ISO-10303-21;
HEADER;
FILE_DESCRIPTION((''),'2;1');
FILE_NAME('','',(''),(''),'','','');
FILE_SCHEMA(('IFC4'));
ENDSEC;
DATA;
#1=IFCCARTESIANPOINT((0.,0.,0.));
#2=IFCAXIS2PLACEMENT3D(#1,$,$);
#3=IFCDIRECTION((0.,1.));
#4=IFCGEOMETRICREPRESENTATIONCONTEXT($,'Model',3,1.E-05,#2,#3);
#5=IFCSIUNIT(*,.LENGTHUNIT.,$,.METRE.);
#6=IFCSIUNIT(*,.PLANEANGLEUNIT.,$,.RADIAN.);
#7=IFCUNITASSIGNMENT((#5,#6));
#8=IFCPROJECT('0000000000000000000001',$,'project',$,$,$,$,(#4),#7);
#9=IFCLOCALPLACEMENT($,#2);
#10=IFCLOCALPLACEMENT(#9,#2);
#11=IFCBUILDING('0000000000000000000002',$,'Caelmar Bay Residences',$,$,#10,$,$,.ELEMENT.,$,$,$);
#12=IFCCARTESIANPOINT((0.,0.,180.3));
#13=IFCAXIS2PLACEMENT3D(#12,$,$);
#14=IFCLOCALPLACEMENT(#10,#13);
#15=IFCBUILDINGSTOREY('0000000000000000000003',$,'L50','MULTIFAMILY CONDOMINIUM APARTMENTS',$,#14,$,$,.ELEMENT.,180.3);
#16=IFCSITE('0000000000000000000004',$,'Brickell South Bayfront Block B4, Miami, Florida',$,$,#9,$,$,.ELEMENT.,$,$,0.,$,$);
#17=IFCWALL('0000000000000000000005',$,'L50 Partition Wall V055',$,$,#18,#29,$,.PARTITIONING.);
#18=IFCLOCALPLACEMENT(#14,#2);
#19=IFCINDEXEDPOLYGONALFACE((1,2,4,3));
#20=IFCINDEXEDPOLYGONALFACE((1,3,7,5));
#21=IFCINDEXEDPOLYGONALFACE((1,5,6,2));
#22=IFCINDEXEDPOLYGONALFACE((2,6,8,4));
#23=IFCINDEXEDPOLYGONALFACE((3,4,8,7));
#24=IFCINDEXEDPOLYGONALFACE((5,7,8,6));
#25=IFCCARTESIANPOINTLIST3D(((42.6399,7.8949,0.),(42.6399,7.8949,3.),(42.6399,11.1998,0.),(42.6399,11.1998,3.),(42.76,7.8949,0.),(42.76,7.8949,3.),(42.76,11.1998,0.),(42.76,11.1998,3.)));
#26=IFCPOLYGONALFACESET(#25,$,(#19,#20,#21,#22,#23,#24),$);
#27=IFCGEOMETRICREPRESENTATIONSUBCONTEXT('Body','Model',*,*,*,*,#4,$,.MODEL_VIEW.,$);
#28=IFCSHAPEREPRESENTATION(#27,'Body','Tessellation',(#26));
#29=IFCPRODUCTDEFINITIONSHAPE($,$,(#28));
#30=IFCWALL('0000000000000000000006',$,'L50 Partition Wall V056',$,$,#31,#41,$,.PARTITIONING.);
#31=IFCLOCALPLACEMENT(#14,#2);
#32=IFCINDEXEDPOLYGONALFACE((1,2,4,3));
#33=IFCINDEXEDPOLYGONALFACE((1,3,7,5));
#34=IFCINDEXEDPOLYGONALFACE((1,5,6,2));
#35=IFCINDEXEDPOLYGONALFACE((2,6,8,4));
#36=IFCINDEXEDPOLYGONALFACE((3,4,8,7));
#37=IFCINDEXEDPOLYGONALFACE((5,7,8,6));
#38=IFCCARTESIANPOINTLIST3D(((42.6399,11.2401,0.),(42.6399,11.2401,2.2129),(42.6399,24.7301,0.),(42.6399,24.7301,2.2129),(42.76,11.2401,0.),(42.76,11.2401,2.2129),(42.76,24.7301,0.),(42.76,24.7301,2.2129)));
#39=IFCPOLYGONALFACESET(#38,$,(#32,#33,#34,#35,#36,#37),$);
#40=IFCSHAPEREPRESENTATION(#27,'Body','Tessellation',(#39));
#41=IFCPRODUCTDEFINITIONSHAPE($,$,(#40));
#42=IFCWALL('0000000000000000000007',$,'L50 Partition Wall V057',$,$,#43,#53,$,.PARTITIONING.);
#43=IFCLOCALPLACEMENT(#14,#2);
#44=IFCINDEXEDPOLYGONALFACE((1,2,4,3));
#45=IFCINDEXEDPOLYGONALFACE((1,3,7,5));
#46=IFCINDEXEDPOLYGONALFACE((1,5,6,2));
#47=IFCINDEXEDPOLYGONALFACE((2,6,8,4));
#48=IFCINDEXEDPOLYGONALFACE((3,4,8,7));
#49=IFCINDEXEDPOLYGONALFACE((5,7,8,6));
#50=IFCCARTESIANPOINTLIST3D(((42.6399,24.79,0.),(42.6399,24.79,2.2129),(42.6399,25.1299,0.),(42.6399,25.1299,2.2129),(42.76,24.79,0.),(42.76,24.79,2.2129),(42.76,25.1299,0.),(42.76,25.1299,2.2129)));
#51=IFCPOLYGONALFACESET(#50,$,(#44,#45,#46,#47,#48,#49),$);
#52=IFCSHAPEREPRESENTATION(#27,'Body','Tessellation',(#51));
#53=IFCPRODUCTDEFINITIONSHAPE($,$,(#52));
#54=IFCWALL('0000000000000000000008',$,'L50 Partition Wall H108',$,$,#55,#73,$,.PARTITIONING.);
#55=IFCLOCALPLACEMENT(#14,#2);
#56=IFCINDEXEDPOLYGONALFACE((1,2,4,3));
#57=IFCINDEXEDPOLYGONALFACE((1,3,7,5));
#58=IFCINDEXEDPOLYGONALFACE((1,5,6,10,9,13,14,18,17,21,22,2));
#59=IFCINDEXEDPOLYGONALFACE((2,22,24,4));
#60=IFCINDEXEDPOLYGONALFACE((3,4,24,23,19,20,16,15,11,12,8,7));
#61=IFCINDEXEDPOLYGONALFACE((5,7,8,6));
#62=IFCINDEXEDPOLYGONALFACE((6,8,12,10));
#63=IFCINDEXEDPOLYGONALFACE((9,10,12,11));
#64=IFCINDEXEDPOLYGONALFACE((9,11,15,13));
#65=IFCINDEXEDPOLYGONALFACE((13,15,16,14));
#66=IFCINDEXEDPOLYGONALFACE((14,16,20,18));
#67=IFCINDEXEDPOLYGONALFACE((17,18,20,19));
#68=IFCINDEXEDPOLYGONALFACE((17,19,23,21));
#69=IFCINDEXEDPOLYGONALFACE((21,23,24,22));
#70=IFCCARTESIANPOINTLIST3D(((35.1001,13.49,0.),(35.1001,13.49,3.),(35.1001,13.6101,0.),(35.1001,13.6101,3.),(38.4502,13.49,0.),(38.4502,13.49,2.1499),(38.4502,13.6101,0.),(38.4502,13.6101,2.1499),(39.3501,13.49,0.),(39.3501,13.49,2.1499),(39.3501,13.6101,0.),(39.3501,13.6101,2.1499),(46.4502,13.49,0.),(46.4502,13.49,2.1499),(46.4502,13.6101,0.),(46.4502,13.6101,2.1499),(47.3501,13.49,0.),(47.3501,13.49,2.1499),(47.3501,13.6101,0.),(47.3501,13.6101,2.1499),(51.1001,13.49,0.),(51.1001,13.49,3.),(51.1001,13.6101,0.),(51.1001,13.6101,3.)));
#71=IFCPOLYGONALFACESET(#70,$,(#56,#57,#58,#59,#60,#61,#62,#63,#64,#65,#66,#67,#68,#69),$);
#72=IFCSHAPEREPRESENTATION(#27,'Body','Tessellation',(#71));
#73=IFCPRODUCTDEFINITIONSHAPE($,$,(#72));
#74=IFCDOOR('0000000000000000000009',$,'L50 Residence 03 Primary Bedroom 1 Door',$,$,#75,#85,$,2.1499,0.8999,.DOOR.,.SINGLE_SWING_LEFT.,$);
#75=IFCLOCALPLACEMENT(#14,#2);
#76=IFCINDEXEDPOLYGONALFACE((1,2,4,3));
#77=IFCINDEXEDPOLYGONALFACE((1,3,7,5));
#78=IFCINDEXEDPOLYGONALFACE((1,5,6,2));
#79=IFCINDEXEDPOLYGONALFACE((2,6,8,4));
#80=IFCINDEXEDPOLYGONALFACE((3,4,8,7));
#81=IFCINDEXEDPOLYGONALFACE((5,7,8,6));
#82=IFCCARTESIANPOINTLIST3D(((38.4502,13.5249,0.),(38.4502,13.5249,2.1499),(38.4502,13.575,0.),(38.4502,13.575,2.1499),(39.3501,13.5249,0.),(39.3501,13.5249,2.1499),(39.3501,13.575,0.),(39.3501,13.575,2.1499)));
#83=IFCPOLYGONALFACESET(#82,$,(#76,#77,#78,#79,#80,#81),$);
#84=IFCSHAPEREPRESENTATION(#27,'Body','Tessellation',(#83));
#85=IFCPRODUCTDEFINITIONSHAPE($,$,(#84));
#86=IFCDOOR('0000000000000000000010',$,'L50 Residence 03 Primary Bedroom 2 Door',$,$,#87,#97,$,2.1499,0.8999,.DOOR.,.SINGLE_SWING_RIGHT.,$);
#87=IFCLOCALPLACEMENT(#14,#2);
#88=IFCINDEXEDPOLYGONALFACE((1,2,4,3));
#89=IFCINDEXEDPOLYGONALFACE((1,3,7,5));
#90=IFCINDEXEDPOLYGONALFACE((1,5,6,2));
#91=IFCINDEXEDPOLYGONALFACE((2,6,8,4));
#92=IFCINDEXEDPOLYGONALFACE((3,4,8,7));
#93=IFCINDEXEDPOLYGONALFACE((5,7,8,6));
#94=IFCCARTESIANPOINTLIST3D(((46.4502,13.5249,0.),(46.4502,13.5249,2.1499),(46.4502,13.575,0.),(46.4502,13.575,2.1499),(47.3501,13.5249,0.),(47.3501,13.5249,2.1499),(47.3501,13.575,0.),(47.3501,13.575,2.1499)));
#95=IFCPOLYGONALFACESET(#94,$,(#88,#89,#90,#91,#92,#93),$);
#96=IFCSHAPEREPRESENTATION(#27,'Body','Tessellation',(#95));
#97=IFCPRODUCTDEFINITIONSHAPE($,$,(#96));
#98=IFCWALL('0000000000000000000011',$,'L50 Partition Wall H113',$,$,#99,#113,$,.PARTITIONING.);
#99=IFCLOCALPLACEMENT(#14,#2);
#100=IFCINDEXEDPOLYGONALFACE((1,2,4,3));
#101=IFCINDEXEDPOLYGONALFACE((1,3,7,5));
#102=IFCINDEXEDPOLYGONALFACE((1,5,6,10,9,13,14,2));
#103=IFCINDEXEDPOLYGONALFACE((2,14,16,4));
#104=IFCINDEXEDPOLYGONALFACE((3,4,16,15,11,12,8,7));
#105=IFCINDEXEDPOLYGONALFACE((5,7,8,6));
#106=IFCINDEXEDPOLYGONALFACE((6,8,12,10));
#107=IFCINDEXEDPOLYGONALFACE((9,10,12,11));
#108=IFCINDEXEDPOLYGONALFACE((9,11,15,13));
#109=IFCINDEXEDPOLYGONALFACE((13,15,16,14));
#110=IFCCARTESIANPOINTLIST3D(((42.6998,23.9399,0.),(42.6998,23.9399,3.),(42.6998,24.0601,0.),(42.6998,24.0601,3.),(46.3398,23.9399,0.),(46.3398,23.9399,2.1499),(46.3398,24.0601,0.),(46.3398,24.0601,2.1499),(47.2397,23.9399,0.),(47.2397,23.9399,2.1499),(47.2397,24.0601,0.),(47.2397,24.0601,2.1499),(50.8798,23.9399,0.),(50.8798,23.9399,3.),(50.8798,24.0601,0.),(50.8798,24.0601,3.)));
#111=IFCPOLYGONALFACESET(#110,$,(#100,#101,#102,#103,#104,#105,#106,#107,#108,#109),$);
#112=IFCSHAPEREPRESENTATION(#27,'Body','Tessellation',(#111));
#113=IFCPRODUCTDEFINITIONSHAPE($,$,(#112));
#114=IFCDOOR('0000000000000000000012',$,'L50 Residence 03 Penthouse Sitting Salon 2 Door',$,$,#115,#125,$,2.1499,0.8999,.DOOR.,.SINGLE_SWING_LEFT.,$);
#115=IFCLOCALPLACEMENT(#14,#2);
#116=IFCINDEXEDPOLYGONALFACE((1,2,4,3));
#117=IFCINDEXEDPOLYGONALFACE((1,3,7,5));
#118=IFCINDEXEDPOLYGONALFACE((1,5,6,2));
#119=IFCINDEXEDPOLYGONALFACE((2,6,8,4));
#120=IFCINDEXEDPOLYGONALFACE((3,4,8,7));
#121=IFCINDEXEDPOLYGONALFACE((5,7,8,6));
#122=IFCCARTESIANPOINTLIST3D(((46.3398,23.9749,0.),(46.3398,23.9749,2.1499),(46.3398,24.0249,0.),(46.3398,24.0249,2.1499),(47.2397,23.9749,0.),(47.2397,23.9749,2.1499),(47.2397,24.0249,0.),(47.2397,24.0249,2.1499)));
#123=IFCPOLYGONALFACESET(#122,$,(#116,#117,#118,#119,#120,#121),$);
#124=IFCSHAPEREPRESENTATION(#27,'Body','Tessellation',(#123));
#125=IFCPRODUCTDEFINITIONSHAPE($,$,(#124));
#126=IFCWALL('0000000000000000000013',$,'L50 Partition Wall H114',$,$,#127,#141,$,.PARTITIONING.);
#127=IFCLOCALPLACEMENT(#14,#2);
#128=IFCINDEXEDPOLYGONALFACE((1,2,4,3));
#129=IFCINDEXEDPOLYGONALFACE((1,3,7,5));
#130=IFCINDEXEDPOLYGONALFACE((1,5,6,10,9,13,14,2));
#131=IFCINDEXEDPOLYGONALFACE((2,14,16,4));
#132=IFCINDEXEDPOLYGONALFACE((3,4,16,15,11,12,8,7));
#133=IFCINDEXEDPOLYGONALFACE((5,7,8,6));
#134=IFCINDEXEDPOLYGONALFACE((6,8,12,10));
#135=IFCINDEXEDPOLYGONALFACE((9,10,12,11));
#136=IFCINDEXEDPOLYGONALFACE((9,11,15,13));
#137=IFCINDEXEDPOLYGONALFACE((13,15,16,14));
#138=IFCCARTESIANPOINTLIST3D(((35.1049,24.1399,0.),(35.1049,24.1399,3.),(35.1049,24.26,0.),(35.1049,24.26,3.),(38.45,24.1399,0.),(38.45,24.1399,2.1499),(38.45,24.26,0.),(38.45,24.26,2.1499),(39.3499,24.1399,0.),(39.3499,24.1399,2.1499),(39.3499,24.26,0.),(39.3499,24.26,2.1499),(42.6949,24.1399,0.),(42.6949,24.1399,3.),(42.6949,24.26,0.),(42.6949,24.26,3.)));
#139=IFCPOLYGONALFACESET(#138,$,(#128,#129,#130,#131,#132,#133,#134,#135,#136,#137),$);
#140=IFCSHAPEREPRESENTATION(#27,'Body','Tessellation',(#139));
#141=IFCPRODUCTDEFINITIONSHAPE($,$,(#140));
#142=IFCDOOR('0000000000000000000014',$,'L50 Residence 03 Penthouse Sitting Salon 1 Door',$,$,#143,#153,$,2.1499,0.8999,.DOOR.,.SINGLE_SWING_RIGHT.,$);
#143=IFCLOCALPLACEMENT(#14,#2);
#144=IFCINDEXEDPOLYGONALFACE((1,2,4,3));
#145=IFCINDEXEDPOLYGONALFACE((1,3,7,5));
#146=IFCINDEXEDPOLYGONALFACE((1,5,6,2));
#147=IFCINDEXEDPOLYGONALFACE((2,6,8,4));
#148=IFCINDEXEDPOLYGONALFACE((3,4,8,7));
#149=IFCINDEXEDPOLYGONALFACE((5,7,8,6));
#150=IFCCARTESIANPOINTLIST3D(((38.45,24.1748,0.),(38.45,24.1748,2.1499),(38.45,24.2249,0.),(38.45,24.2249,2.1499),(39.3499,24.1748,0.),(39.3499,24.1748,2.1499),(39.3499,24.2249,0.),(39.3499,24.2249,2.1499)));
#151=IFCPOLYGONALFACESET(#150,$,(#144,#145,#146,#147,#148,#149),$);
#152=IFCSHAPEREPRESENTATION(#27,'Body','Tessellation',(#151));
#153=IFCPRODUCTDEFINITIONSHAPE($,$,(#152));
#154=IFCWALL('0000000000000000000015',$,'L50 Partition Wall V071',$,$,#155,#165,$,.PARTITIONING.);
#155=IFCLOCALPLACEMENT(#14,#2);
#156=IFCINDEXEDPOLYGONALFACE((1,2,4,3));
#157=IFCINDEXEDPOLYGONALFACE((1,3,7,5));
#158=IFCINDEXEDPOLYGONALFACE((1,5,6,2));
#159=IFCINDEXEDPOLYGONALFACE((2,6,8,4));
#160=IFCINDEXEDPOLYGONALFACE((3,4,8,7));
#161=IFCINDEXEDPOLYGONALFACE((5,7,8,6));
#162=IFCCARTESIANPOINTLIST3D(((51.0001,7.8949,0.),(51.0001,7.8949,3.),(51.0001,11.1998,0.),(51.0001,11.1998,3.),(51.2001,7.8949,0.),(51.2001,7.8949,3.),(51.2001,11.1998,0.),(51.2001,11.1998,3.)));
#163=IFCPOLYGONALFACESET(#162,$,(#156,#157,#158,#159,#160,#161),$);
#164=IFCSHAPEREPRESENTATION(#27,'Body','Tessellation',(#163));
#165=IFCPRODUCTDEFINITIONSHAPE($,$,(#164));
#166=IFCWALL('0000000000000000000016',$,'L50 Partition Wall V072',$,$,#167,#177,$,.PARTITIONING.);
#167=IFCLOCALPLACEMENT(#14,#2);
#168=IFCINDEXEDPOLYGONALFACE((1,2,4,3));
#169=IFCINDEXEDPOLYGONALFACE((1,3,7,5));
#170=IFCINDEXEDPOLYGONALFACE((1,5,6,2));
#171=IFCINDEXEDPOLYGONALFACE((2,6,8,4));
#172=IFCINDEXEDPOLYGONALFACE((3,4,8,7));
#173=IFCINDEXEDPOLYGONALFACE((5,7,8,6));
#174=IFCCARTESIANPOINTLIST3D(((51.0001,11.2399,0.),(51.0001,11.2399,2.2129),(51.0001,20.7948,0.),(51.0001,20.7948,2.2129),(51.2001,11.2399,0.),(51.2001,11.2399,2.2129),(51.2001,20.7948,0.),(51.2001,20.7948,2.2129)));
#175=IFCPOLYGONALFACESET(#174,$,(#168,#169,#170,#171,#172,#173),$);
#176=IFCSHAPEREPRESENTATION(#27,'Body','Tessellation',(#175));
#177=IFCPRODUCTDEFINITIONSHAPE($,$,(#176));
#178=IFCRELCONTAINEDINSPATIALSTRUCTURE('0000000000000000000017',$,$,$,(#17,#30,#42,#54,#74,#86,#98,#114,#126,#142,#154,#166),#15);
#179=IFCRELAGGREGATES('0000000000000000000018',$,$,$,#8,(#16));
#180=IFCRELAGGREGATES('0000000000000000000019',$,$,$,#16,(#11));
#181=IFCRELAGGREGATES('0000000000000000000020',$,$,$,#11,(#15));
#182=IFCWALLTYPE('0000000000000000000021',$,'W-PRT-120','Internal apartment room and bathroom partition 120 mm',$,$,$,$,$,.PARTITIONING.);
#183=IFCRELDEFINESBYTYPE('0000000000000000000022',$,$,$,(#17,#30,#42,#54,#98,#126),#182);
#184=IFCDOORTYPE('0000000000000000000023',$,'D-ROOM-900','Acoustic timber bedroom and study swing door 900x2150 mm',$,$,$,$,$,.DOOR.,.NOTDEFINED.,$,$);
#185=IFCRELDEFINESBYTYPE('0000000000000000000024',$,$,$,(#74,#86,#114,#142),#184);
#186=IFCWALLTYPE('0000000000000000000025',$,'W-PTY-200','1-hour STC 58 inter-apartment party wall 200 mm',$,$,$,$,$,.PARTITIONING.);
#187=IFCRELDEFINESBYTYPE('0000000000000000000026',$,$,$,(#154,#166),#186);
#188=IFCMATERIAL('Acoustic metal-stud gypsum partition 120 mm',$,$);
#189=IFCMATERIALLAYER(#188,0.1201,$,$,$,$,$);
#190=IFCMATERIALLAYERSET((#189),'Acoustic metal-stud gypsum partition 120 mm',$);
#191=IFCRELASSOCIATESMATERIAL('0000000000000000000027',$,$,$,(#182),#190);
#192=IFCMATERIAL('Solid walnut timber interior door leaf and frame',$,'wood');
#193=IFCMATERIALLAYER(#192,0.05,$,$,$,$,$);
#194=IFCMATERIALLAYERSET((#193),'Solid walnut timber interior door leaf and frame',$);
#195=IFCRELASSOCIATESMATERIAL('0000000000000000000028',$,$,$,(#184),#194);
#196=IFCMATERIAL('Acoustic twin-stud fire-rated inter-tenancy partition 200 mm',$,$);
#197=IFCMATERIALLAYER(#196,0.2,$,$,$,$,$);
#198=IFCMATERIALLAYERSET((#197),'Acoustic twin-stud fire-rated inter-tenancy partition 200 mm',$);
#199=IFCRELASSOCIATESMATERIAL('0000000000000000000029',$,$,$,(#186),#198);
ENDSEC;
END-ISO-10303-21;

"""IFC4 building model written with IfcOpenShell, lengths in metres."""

from ifc_helpers import new_model, si_unit, direction, frame, frame_2d, origin, place, context, subcontext, project, spatial, rectangle, extrude, material, layer, layer_set, type_object, element, fill, save


model = new_model("IFC4")

# Units and contexts
model_context = context("Model", 3, precision=1e-05, world=origin(), true_north=direction((0.0, 1.0)))
body_context = subcontext(model_context, "Body", "Model", "MODEL_VIEW")
ifc_project = project(units=[si_unit("LENGTHUNIT", "METRE"), si_unit("PLANEANGLEUNIT", "RADIAN")], contexts=[model_context])

# Site, building, storey
site_placement = place(None, origin())
site = spatial("IfcSite", under=ifc_project, at=site_placement, Name="Brickell South Bayfront Block B4, Miami, Florida", CompositionType="ELEMENT", RefElevation=0.0)
building_placement = place(site_placement, origin())
building = spatial("IfcBuilding", under=site, at=building_placement, Name="Caelmar Bay Residences", CompositionType="ELEMENT")
storey_placement = place(building_placement, frame((0.0, 0.0, 180.3)))
storey = spatial("IfcBuildingStorey", under=building, at=storey_placement, Name="L50", Description="MULTIFAMILY CONDOMINIUM APARTMENTS", CompositionType="ELEMENT", Elevation=180.3)

# Walls
ifc_material_1 = material(Name="Acoustic metal-stud gypsum partition 120 mm")
ifc_layer_1 = layer(ifc_material_1, 0.1201)
ifc_layer_set_1 = layer_set([ifc_layer_1], Name="Acoustic metal-stud gypsum partition 120 mm")
wall_type_1 = type_object("IfcWallType", Name="W-PRT-120", Description="Internal apartment room and bathroom partition 120 mm", PredefinedType="PARTITIONING", material=ifc_layer_set_1)
wall_1_placement = place(storey_placement, frame((42.7, 7.895, 0.0), z_axis=(0.0, 0.0, 1.0), x_axis=(0.0, 1.0, 0.0)))
element("IfcWall", 1, at=wall_1_placement, inside=storey, type_object=wall_type_1, Name="L50 Partition Wall V055", PredefinedType="PARTITIONING", context=body_context, shape_type="SweptSolid", body=[
    extrude(rectangle(XDim=3.3049, YDim=0.1201, at=frame_2d((1.6523, 0.0))), origin(), (0.0, 0.0, 1.0), 3.0),
])
wall_2_placement = place(storey_placement, frame((42.7, 11.24, 0.0), z_axis=(0.0, 0.0, 1.0), x_axis=(0.0, 1.0, 0.0)))
element("IfcWall", 2, at=wall_2_placement, inside=storey, type_object=wall_type_1, Name="L50 Partition Wall V056", PredefinedType="PARTITIONING", context=body_context, shape_type="SweptSolid", body=[
    extrude(rectangle(XDim=13.49, YDim=0.1201, at=frame_2d((6.7451, 0.0))), origin(), (0.0, 0.0, 1.0), 2.2129),
])
wall_3_placement = place(storey_placement, frame((42.7, 24.79, 0.0), z_axis=(0.0, 0.0, 1.0), x_axis=(0.0, 1.0, 0.0)))
element("IfcWall", 3, at=wall_3_placement, inside=storey, type_object=wall_type_1, Name="L50 Partition Wall V057", PredefinedType="PARTITIONING", context=body_context, shape_type="SweptSolid", body=[
    extrude(rectangle(XDim=0.3398, YDim=0.1201, at=frame_2d((0.1699, 0.0))), origin(), (0.0, 0.0, 1.0), 2.2129),
])

# Wall, openings, doors
wall_4_placement = place(storey_placement, frame((35.1001, 13.55, 0.0), z_axis=(0.0, 0.0, 1.0), x_axis=(1.0, 0.0, 0.0)))
wall_4 = element("IfcWall", 4, at=wall_4_placement, inside=storey, type_object=wall_type_1, Name="L50 Partition Wall H108", PredefinedType="PARTITIONING", context=body_context, shape_type="SweptSolid", body=[
    extrude(rectangle(XDim=16.0, YDim=0.1201, at=frame_2d((8.0, 0.0))), origin(), (0.0, 0.0, 1.0), 3.0),
])
opening_1_placement = place(wall_4_placement, frame((3.3501, 0.0, 0.0)))
opening_1 = element("IfcOpeningElement", 5, at=opening_1_placement, cuts=wall_4, PredefinedType="OPENING", context=body_context, shape_type="SweptSolid", body=[
    extrude(rectangle(XDim=0.8999, YDim=2.1499, at=frame_2d((0.45, 1.075))), frame((0.0, 0.0701, 0.0), z_axis=(0.0, -1.0, 0.0), x_axis=(1.0, 0.0, 0.0)), (0.0, 0.0, 1.0), 0.1401),
])
opening_2_placement = place(wall_4_placement, frame((11.3501, 0.0, 0.0)))
opening_2 = element("IfcOpeningElement", 6, at=opening_2_placement, cuts=wall_4, PredefinedType="OPENING", context=body_context, shape_type="SweptSolid", body=[
    extrude(rectangle(XDim=0.8999, YDim=2.1499, at=frame_2d((0.45, 1.075))), frame((0.0, 0.0701, 0.0), z_axis=(0.0, -1.0, 0.0), x_axis=(1.0, 0.0, 0.0)), (0.0, 0.0, 1.0), 0.1401),
])
ifc_material_2 = material(Name="Solid walnut timber interior door leaf and frame", Category="wood")
ifc_layer_2 = layer(ifc_material_2, 0.05)
ifc_layer_set_2 = layer_set([ifc_layer_2], Name="Solid walnut timber interior door leaf and frame")
door_type = type_object("IfcDoorType", Name="D-ROOM-900", Description="Acoustic timber bedroom and study swing door 900x2150 mm", OperationType="NOTDEFINED", PredefinedType="DOOR", material=ifc_layer_set_2)
door_1_placement = place(opening_1_placement, origin())
door_1 = element("IfcDoor", 7, at=door_1_placement, inside=storey, type_object=door_type, Name="L50 Residence 03 Primary Bedroom 1 Door", OperationType="SINGLE_SWING_LEFT", OverallHeight=2.1499, OverallWidth=0.8999, PredefinedType="DOOR", context=body_context, shape_type="SweptSolid", body=[
    extrude(rectangle(XDim=0.8999, YDim=2.1499, at=frame_2d((0.45, 1.075))), frame((0.0, 0.0249, 0.0), z_axis=(0.0, -1.0, 0.0), x_axis=(1.0, 0.0, 0.0)), (0.0, 0.0, 1.0), 0.05),
])
fill(opening_1, door_1)
door_2_placement = place(opening_2_placement, origin())
door_2 = element("IfcDoor", 8, at=door_2_placement, inside=storey, type_object=door_type, Name="L50 Residence 03 Primary Bedroom 2 Door", OperationType="SINGLE_SWING_RIGHT", OverallHeight=2.1499, OverallWidth=0.8999, PredefinedType="DOOR", context=body_context, shape_type="SweptSolid", body=[
    extrude(rectangle(XDim=0.8999, YDim=2.1499, at=frame_2d((0.45, 1.075))), frame((0.0, 0.0249, 0.0), z_axis=(0.0, -1.0, 0.0), x_axis=(1.0, 0.0, 0.0)), (0.0, 0.0, 1.0), 0.05),
])
fill(opening_2, door_2)

# Walls, openings, doors
wall_5_placement = place(storey_placement, frame((42.7, 24.0, 0.0), z_axis=(0.0, 0.0, 1.0), x_axis=(1.0, 0.0, 0.0)))
wall_5 = element("IfcWall", 9, at=wall_5_placement, inside=storey, type_object=wall_type_1, Name="L50 Partition Wall H113", PredefinedType="PARTITIONING", context=body_context, shape_type="SweptSolid", body=[
    extrude(rectangle(XDim=8.1799, YDim=0.1201, at=frame_2d((4.0898, 0.0))), origin(), (0.0, 0.0, 1.0), 3.0),
])
opening_3_placement = place(wall_5_placement, frame((3.6399, 0.0, 0.0)))
opening_3 = element("IfcOpeningElement", 10, at=opening_3_placement, cuts=wall_5, PredefinedType="OPENING", context=body_context, shape_type="SweptSolid", body=[
    extrude(rectangle(XDim=0.8999, YDim=2.1499, at=frame_2d((0.45, 1.075))), frame((0.0, 0.0701, 0.0), z_axis=(0.0, -1.0, 0.0), x_axis=(1.0, 0.0, 0.0)), (0.0, 0.0, 1.0), 0.1401),
])
door_3_placement = place(opening_3_placement, origin())
door_3 = element("IfcDoor", 11, at=door_3_placement, inside=storey, type_object=door_type, Name="L50 Residence 03 Penthouse Sitting Salon 2 Door", OperationType="SINGLE_SWING_LEFT", OverallHeight=2.1499, OverallWidth=0.8999, PredefinedType="DOOR", context=body_context, shape_type="SweptSolid", body=[
    extrude(rectangle(XDim=0.8999, YDim=2.1499, at=frame_2d((0.45, 1.075))), frame((0.0, 0.0249, 0.0), z_axis=(0.0, -1.0, 0.0), x_axis=(1.0, 0.0, 0.0)), (0.0, 0.0, 1.0), 0.05),
])
fill(opening_3, door_3)
wall_6_placement = place(storey_placement, frame((35.105, 24.2, 0.0), z_axis=(0.0, 0.0, 1.0), x_axis=(1.0, 0.0, 0.0)))
wall_6 = element("IfcWall", 12, at=wall_6_placement, inside=storey, type_object=wall_type_1, Name="L50 Partition Wall H114", PredefinedType="PARTITIONING", context=body_context, shape_type="SweptSolid", body=[
    extrude(rectangle(XDim=7.5901, YDim=0.1201, at=frame_2d((3.7949, 0.0))), origin(), (0.0, 0.0, 1.0), 3.0),
])
opening_4_placement = place(wall_6_placement, frame((3.345, 0.0, 0.0)))
opening_4 = element("IfcOpeningElement", 13, at=opening_4_placement, cuts=wall_6, PredefinedType="OPENING", context=body_context, shape_type="SweptSolid", body=[
    extrude(rectangle(XDim=0.8999, YDim=2.1499, at=frame_2d((0.45, 1.075))), frame((0.0, 0.0701, 0.0), z_axis=(0.0, -1.0, 0.0), x_axis=(1.0, 0.0, 0.0)), (0.0, 0.0, 1.0), 0.1401),
])
door_4_placement = place(opening_4_placement, origin())
door_4 = element("IfcDoor", 14, at=door_4_placement, inside=storey, type_object=door_type, Name="L50 Residence 03 Penthouse Sitting Salon 1 Door", OperationType="SINGLE_SWING_RIGHT", OverallHeight=2.1499, OverallWidth=0.8999, PredefinedType="DOOR", context=body_context, shape_type="SweptSolid", body=[
    extrude(rectangle(XDim=0.8999, YDim=2.1499, at=frame_2d((0.45, 1.075))), frame((0.0, 0.0249, 0.0), z_axis=(0.0, -1.0, 0.0), x_axis=(1.0, 0.0, 0.0)), (0.0, 0.0, 1.0), 0.05),
])
fill(opening_4, door_4)

# Walls
ifc_material_3 = material(Name="Acoustic twin-stud fire-rated inter-tenancy partition 200 mm")
ifc_layer_3 = layer(ifc_material_3, 0.2)
ifc_layer_set_3 = layer_set([ifc_layer_3], Name="Acoustic twin-stud fire-rated inter-tenancy partition 200 mm")
wall_type_2 = type_object("IfcWallType", Name="W-PTY-200", Description="1-hour STC 58 inter-apartment party wall 200 mm", PredefinedType="PARTITIONING", material=ifc_layer_set_3)
wall_7_placement = place(storey_placement, frame((51.1001, 7.895, 0.0), z_axis=(0.0, 0.0, 1.0), x_axis=(0.0, 1.0, 0.0)))
element("IfcWall", 15, at=wall_7_placement, inside=storey, type_object=wall_type_2, Name="L50 Partition Wall V071", PredefinedType="PARTITIONING", context=body_context, shape_type="SweptSolid", body=[
    extrude(rectangle(XDim=3.3049, YDim=0.2, at=frame_2d((1.6523, 0.0))), origin(), (0.0, 0.0, 1.0), 3.0),
])
wall_8_placement = place(storey_placement, frame((51.1001, 11.24, 0.0), z_axis=(0.0, 0.0, 1.0), x_axis=(0.0, 1.0, 0.0)))
element("IfcWall", 16, at=wall_8_placement, inside=storey, type_object=wall_type_2, Name="L50 Partition Wall V072", PredefinedType="PARTITIONING", context=body_context, shape_type="SweptSolid", body=[
    extrude(rectangle(XDim=9.5549, YDim=0.2, at=frame_2d((4.7773, 0.0))), origin(), (0.0, 0.0, 1.0), 2.2129),
])

save(model, "model.ifc")
